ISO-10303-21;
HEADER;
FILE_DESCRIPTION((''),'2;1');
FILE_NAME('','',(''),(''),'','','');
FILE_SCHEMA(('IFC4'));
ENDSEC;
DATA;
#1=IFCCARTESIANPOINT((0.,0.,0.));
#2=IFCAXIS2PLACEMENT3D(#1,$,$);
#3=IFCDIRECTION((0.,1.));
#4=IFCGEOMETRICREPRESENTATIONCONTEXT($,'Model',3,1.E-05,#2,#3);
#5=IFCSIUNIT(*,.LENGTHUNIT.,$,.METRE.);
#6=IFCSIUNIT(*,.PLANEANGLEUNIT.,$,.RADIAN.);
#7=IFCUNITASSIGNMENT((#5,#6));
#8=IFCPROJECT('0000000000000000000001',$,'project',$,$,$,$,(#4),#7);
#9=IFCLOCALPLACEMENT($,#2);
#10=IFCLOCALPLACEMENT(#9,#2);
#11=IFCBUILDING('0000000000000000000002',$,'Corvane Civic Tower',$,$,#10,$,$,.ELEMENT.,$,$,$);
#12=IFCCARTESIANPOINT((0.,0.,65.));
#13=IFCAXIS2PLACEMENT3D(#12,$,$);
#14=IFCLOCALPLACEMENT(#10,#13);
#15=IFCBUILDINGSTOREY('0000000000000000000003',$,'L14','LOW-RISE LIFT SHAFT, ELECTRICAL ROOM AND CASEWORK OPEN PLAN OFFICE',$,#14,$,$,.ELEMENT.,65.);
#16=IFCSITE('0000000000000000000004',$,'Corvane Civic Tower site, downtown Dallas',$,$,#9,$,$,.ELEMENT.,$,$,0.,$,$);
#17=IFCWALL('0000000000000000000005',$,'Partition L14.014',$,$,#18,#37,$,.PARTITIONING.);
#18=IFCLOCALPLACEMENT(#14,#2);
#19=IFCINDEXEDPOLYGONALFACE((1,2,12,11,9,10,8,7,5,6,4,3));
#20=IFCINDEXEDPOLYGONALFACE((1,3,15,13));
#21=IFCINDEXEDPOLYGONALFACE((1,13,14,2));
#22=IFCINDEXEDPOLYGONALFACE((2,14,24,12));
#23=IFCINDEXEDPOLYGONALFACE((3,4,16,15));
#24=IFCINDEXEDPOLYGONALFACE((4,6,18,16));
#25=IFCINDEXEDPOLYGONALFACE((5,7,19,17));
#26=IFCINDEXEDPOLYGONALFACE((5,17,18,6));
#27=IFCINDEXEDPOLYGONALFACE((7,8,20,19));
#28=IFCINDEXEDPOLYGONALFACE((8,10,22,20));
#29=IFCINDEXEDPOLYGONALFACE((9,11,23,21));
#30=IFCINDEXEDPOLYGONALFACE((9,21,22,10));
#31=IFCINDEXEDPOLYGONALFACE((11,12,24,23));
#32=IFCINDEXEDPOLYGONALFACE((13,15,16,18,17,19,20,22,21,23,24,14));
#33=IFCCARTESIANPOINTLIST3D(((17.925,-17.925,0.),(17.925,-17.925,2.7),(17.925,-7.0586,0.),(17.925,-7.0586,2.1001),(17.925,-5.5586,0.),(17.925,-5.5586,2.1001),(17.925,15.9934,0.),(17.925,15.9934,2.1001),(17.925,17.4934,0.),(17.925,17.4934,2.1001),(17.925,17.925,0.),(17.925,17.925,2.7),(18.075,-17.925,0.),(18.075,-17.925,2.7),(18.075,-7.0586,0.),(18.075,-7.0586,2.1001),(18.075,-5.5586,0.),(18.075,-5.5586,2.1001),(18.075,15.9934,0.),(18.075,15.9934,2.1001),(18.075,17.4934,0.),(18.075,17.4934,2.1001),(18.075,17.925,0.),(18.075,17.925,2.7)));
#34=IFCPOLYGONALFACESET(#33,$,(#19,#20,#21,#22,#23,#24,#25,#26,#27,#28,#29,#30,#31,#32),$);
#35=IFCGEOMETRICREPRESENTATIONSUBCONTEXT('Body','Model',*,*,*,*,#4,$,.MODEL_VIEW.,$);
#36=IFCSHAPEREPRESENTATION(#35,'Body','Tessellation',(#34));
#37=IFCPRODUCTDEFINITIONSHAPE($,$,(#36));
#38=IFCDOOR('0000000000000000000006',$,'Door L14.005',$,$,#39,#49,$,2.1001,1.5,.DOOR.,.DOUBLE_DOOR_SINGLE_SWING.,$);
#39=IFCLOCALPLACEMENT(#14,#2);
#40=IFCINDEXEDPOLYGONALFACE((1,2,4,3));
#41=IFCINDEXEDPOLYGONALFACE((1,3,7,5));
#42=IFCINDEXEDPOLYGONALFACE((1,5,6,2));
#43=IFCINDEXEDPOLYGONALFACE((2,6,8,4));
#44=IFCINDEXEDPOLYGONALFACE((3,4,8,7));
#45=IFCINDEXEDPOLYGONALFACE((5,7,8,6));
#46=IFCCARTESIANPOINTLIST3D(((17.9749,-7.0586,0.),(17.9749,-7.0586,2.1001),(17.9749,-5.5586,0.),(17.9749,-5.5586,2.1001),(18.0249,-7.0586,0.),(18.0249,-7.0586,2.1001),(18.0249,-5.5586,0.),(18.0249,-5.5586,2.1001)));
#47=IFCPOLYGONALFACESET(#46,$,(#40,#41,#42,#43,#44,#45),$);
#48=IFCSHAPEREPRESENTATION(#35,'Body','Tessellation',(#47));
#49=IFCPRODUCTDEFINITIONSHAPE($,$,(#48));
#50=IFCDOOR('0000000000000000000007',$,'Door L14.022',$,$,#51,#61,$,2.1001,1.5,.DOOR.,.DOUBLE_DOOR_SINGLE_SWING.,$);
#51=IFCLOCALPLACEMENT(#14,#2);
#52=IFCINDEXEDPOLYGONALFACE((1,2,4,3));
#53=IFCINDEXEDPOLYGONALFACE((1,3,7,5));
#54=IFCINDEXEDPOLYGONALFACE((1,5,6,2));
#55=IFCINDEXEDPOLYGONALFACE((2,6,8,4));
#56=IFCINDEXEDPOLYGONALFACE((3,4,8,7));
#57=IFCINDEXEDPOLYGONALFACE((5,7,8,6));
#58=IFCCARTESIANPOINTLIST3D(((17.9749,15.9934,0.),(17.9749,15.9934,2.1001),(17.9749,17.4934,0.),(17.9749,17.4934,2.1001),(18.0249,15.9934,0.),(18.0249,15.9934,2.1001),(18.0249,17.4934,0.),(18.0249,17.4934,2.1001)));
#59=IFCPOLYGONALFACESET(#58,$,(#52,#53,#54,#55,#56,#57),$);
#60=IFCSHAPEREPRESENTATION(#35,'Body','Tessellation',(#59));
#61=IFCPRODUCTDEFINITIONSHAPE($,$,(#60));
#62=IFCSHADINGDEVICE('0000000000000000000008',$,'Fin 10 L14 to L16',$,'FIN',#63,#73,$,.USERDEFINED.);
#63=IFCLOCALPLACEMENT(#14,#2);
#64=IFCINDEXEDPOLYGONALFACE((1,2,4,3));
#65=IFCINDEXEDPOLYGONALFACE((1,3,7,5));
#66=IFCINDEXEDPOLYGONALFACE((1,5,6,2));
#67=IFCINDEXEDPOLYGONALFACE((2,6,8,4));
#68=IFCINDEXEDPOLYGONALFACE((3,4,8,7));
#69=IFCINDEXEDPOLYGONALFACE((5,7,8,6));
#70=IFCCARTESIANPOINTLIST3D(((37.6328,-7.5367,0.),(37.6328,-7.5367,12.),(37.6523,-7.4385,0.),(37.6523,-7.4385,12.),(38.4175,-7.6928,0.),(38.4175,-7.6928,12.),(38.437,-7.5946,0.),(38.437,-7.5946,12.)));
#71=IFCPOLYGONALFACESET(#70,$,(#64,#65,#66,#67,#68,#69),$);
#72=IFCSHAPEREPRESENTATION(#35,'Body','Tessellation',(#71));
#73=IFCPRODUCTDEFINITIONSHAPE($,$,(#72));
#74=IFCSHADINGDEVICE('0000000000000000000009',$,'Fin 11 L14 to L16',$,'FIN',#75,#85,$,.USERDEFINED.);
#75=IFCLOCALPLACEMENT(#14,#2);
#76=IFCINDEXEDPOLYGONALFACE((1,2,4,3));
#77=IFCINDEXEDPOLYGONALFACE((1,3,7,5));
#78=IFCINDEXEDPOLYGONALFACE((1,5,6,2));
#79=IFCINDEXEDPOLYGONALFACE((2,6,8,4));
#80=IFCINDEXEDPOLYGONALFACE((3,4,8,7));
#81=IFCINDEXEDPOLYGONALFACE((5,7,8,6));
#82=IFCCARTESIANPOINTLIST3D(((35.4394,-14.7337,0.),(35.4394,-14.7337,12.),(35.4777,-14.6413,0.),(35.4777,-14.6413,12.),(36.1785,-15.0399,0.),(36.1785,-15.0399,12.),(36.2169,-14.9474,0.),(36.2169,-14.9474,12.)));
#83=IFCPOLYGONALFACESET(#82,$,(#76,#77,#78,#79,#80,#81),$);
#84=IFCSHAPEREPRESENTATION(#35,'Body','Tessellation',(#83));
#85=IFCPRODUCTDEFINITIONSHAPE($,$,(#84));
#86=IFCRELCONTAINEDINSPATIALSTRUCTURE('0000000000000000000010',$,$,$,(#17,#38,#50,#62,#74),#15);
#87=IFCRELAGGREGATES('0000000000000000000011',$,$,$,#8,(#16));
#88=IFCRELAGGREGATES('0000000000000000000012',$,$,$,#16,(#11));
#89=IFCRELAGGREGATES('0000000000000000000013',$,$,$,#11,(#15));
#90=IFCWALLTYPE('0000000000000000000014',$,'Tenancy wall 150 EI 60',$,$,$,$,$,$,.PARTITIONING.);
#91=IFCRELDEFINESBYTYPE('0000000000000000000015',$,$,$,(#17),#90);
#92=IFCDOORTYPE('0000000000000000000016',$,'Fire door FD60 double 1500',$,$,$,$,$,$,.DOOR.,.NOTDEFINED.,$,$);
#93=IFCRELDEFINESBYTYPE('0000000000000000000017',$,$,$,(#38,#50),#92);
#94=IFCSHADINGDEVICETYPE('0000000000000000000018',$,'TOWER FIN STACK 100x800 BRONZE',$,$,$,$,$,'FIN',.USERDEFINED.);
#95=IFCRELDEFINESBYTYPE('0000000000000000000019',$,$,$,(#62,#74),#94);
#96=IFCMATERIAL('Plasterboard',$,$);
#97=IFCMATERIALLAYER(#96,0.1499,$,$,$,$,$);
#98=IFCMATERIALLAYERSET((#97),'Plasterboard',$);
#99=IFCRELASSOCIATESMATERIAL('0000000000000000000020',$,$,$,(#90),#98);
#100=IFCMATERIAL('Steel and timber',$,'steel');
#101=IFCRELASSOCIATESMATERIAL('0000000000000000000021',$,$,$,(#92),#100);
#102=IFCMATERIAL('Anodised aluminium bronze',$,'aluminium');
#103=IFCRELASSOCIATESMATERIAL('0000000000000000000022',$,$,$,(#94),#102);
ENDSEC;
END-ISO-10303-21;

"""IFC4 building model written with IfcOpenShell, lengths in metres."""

from ifc_helpers import new_model, si_unit, direction, frame, frame_2d, origin, origin_2d, place, context, subcontext, project, spatial, rectangle, extrude, material, layer, layer_set, material_profile, profile_set, type_object, element, fill, save


model = new_model("IFC4")

# Units and contexts
model_context = context("Model", 3, precision=1e-05, world=origin(), true_north=direction((0.0, 1.0)))
body_context = subcontext(model_context, "Body", "Model", "MODEL_VIEW")
ifc_project = project(units=[si_unit("LENGTHUNIT", "METRE"), si_unit("PLANEANGLEUNIT", "RADIAN")], contexts=[model_context])

# Site, building, storey
site_placement = place(None, origin())
site = spatial("IfcSite", under=ifc_project, at=site_placement, Name="Corvane Civic Tower site, downtown Dallas", CompositionType="ELEMENT", RefElevation=0.0)
building_placement = place(site_placement, origin())
building = spatial("IfcBuilding", under=site, at=building_placement, Name="Corvane Civic Tower", CompositionType="ELEMENT")
storey_placement = place(building_placement, frame((0.0, 0.0, 65.0)))
storey = spatial("IfcBuildingStorey", under=building, at=storey_placement, Name="L14", Description="LOW-RISE LIFT SHAFT, ELECTRICAL ROOM AND CASEWORK OPEN PLAN OFFICE", CompositionType="ELEMENT", Elevation=65.0)

# Wall, openings, doors
ifc_material_1 = material(Name="Plasterboard")
ifc_layer_1 = layer(ifc_material_1, 0.1499)
ifc_layer_set_1 = layer_set([ifc_layer_1], Name="Plasterboard")
wall_type_1 = type_object("IfcWallType", Name="Tenancy wall 150 EI 60", PredefinedType="PARTITIONING", material=ifc_layer_set_1)
wall_1_placement = place(storey_placement, frame((18.0, -17.925, 0.0), z_axis=(0.0, 0.0, 1.0), x_axis=(0.0, 1.0, 0.0)))
wall_1 = element("IfcWall", 1, at=wall_1_placement, inside=storey, type_object=wall_type_1, Name="Partition L14.014", PredefinedType="PARTITIONING", context=body_context, shape_type="SweptSolid", body=[
    extrude(rectangle(XDim=35.8501, YDim=0.1499, at=frame_2d((17.925, 0.0))), origin(), (0.0, 0.0, 1.0), 2.7),
])
opening_1_placement = place(wall_1_placement, frame((10.8665, 0.0, 0.0)))
opening_1 = element("IfcOpeningElement", 2, at=opening_1_placement, cuts=wall_1, PredefinedType="OPENING", context=body_context, shape_type="SweptSolid", body=[
    extrude(rectangle(XDim=1.5, YDim=2.1001, at=frame_2d((0.75, 1.05))), frame((0.0, 0.085, 0.0), z_axis=(0.0, -1.0, 0.0), x_axis=(1.0, 0.0, 0.0)), (0.0, 0.0, 1.0), 0.1699),
])
opening_2_placement = place(wall_1_placement, frame((33.9185, 0.0, 0.0)))
opening_2 = element("IfcOpeningElement", 3, at=opening_2_placement, cuts=wall_1, PredefinedType="OPENING", context=body_context, shape_type="SweptSolid", body=[
    extrude(rectangle(XDim=1.5, YDim=2.1001, at=frame_2d((0.75, 1.05))), frame((0.0, 0.085, 0.0), z_axis=(0.0, -1.0, 0.0), x_axis=(1.0, 0.0, 0.0)), (0.0, 0.0, 1.0), 0.1699),
])
ifc_material_2 = material(Name="Steel and timber", Category="steel")
door_type_1 = type_object("IfcDoorType", Name="Fire door FD60 double 1500", OperationType="NOTDEFINED", PredefinedType="DOOR", material=ifc_material_2)
door_1_placement = place(opening_1_placement, frame((1.5, 0.0, 0.0), z_axis=(0.0, 0.0, 1.0), x_axis=(-1.0, 0.0, 0.0)))
door_1 = element("IfcDoor", 4, at=door_1_placement, inside=storey, type_object=door_type_1, Name="Door L14.005", OperationType="DOUBLE_DOOR_SINGLE_SWING", OverallHeight=2.1001, OverallWidth=1.5, PredefinedType="DOOR", context=body_context, shape_type="SweptSolid", body=[
    extrude(rectangle(XDim=1.5, YDim=2.1001, at=frame_2d((0.75, 1.05))), frame((0.0, 0.0249, 0.0), z_axis=(0.0, -1.0, 0.0), x_axis=(1.0, 0.0, 0.0)), (0.0, 0.0, 1.0), 0.05),
])
fill(opening_1, door_1)
door_2_placement = place(opening_2_placement, frame((1.5, 0.0, 0.0), z_axis=(0.0, 0.0, 1.0), x_axis=(-1.0, 0.0, 0.0)))
door_2 = element("IfcDoor", 5, at=door_2_placement, inside=storey, type_object=door_type_1, Name="Door L14.022", OperationType="DOUBLE_DOOR_SINGLE_SWING", OverallHeight=2.1001, OverallWidth=1.5, PredefinedType="DOOR", context=body_context, shape_type="SweptSolid", body=[
    extrude(rectangle(XDim=1.5, YDim=2.1001, at=frame_2d((0.75, 1.05))), frame((0.0, 0.0249, 0.0), z_axis=(0.0, -1.0, 0.0), x_axis=(1.0, 0.0, 0.0)), (0.0, 0.0, 1.0), 0.05),
])
fill(opening_2, door_2)

# Shading devices
ifc_material_3 = material(Name="Anodised aluminium bronze", Category="aluminium")
ifc_material_profile_1 = material_profile(ifc_material_3, rectangle(XDim=0.1001, YDim=0.8, at=origin_2d()), Name="TOWER FIN STACK 100x800 BRONZE")
ifc_profile_set_1 = profile_set([ifc_material_profile_1], Name="Anodised aluminium bronze")
shading_device_type = type_object("IfcShadingDeviceType", Name="TOWER FIN STACK 100x800 BRONZE", ElementType="FIN", PredefinedType="USERDEFINED", material=ifc_profile_set_1)
for number, where, z_axis, x_axis, name in (
    (6, (38.0349, -7.5657, 0.0), (0.0, 0.0, 1.0), (-0.19509, -0.980785, 0.0), "Fin 10 L14 to L16"),
    (7, (35.8281, -14.8406, 0.0), (0.0, 0.0, 1.0), (-0.382683, -0.92388, 0.0), "Fin 11 L14 to L16"),
):
    element("IfcShadingDevice", number, at=place(storey_placement, frame(where, z_axis=z_axis, x_axis=x_axis)), inside=storey, type_object=shading_device_type, Name=name, ObjectType="FIN", PredefinedType="USERDEFINED", context=body_context, shape_type="SweptSolid", body=[
        extrude(rectangle(XDim=0.1001, YDim=0.8, at=origin_2d()), origin(), (0.0, 0.0, 1.0), 12.0),
    ])

save(model, "model.ifc")
